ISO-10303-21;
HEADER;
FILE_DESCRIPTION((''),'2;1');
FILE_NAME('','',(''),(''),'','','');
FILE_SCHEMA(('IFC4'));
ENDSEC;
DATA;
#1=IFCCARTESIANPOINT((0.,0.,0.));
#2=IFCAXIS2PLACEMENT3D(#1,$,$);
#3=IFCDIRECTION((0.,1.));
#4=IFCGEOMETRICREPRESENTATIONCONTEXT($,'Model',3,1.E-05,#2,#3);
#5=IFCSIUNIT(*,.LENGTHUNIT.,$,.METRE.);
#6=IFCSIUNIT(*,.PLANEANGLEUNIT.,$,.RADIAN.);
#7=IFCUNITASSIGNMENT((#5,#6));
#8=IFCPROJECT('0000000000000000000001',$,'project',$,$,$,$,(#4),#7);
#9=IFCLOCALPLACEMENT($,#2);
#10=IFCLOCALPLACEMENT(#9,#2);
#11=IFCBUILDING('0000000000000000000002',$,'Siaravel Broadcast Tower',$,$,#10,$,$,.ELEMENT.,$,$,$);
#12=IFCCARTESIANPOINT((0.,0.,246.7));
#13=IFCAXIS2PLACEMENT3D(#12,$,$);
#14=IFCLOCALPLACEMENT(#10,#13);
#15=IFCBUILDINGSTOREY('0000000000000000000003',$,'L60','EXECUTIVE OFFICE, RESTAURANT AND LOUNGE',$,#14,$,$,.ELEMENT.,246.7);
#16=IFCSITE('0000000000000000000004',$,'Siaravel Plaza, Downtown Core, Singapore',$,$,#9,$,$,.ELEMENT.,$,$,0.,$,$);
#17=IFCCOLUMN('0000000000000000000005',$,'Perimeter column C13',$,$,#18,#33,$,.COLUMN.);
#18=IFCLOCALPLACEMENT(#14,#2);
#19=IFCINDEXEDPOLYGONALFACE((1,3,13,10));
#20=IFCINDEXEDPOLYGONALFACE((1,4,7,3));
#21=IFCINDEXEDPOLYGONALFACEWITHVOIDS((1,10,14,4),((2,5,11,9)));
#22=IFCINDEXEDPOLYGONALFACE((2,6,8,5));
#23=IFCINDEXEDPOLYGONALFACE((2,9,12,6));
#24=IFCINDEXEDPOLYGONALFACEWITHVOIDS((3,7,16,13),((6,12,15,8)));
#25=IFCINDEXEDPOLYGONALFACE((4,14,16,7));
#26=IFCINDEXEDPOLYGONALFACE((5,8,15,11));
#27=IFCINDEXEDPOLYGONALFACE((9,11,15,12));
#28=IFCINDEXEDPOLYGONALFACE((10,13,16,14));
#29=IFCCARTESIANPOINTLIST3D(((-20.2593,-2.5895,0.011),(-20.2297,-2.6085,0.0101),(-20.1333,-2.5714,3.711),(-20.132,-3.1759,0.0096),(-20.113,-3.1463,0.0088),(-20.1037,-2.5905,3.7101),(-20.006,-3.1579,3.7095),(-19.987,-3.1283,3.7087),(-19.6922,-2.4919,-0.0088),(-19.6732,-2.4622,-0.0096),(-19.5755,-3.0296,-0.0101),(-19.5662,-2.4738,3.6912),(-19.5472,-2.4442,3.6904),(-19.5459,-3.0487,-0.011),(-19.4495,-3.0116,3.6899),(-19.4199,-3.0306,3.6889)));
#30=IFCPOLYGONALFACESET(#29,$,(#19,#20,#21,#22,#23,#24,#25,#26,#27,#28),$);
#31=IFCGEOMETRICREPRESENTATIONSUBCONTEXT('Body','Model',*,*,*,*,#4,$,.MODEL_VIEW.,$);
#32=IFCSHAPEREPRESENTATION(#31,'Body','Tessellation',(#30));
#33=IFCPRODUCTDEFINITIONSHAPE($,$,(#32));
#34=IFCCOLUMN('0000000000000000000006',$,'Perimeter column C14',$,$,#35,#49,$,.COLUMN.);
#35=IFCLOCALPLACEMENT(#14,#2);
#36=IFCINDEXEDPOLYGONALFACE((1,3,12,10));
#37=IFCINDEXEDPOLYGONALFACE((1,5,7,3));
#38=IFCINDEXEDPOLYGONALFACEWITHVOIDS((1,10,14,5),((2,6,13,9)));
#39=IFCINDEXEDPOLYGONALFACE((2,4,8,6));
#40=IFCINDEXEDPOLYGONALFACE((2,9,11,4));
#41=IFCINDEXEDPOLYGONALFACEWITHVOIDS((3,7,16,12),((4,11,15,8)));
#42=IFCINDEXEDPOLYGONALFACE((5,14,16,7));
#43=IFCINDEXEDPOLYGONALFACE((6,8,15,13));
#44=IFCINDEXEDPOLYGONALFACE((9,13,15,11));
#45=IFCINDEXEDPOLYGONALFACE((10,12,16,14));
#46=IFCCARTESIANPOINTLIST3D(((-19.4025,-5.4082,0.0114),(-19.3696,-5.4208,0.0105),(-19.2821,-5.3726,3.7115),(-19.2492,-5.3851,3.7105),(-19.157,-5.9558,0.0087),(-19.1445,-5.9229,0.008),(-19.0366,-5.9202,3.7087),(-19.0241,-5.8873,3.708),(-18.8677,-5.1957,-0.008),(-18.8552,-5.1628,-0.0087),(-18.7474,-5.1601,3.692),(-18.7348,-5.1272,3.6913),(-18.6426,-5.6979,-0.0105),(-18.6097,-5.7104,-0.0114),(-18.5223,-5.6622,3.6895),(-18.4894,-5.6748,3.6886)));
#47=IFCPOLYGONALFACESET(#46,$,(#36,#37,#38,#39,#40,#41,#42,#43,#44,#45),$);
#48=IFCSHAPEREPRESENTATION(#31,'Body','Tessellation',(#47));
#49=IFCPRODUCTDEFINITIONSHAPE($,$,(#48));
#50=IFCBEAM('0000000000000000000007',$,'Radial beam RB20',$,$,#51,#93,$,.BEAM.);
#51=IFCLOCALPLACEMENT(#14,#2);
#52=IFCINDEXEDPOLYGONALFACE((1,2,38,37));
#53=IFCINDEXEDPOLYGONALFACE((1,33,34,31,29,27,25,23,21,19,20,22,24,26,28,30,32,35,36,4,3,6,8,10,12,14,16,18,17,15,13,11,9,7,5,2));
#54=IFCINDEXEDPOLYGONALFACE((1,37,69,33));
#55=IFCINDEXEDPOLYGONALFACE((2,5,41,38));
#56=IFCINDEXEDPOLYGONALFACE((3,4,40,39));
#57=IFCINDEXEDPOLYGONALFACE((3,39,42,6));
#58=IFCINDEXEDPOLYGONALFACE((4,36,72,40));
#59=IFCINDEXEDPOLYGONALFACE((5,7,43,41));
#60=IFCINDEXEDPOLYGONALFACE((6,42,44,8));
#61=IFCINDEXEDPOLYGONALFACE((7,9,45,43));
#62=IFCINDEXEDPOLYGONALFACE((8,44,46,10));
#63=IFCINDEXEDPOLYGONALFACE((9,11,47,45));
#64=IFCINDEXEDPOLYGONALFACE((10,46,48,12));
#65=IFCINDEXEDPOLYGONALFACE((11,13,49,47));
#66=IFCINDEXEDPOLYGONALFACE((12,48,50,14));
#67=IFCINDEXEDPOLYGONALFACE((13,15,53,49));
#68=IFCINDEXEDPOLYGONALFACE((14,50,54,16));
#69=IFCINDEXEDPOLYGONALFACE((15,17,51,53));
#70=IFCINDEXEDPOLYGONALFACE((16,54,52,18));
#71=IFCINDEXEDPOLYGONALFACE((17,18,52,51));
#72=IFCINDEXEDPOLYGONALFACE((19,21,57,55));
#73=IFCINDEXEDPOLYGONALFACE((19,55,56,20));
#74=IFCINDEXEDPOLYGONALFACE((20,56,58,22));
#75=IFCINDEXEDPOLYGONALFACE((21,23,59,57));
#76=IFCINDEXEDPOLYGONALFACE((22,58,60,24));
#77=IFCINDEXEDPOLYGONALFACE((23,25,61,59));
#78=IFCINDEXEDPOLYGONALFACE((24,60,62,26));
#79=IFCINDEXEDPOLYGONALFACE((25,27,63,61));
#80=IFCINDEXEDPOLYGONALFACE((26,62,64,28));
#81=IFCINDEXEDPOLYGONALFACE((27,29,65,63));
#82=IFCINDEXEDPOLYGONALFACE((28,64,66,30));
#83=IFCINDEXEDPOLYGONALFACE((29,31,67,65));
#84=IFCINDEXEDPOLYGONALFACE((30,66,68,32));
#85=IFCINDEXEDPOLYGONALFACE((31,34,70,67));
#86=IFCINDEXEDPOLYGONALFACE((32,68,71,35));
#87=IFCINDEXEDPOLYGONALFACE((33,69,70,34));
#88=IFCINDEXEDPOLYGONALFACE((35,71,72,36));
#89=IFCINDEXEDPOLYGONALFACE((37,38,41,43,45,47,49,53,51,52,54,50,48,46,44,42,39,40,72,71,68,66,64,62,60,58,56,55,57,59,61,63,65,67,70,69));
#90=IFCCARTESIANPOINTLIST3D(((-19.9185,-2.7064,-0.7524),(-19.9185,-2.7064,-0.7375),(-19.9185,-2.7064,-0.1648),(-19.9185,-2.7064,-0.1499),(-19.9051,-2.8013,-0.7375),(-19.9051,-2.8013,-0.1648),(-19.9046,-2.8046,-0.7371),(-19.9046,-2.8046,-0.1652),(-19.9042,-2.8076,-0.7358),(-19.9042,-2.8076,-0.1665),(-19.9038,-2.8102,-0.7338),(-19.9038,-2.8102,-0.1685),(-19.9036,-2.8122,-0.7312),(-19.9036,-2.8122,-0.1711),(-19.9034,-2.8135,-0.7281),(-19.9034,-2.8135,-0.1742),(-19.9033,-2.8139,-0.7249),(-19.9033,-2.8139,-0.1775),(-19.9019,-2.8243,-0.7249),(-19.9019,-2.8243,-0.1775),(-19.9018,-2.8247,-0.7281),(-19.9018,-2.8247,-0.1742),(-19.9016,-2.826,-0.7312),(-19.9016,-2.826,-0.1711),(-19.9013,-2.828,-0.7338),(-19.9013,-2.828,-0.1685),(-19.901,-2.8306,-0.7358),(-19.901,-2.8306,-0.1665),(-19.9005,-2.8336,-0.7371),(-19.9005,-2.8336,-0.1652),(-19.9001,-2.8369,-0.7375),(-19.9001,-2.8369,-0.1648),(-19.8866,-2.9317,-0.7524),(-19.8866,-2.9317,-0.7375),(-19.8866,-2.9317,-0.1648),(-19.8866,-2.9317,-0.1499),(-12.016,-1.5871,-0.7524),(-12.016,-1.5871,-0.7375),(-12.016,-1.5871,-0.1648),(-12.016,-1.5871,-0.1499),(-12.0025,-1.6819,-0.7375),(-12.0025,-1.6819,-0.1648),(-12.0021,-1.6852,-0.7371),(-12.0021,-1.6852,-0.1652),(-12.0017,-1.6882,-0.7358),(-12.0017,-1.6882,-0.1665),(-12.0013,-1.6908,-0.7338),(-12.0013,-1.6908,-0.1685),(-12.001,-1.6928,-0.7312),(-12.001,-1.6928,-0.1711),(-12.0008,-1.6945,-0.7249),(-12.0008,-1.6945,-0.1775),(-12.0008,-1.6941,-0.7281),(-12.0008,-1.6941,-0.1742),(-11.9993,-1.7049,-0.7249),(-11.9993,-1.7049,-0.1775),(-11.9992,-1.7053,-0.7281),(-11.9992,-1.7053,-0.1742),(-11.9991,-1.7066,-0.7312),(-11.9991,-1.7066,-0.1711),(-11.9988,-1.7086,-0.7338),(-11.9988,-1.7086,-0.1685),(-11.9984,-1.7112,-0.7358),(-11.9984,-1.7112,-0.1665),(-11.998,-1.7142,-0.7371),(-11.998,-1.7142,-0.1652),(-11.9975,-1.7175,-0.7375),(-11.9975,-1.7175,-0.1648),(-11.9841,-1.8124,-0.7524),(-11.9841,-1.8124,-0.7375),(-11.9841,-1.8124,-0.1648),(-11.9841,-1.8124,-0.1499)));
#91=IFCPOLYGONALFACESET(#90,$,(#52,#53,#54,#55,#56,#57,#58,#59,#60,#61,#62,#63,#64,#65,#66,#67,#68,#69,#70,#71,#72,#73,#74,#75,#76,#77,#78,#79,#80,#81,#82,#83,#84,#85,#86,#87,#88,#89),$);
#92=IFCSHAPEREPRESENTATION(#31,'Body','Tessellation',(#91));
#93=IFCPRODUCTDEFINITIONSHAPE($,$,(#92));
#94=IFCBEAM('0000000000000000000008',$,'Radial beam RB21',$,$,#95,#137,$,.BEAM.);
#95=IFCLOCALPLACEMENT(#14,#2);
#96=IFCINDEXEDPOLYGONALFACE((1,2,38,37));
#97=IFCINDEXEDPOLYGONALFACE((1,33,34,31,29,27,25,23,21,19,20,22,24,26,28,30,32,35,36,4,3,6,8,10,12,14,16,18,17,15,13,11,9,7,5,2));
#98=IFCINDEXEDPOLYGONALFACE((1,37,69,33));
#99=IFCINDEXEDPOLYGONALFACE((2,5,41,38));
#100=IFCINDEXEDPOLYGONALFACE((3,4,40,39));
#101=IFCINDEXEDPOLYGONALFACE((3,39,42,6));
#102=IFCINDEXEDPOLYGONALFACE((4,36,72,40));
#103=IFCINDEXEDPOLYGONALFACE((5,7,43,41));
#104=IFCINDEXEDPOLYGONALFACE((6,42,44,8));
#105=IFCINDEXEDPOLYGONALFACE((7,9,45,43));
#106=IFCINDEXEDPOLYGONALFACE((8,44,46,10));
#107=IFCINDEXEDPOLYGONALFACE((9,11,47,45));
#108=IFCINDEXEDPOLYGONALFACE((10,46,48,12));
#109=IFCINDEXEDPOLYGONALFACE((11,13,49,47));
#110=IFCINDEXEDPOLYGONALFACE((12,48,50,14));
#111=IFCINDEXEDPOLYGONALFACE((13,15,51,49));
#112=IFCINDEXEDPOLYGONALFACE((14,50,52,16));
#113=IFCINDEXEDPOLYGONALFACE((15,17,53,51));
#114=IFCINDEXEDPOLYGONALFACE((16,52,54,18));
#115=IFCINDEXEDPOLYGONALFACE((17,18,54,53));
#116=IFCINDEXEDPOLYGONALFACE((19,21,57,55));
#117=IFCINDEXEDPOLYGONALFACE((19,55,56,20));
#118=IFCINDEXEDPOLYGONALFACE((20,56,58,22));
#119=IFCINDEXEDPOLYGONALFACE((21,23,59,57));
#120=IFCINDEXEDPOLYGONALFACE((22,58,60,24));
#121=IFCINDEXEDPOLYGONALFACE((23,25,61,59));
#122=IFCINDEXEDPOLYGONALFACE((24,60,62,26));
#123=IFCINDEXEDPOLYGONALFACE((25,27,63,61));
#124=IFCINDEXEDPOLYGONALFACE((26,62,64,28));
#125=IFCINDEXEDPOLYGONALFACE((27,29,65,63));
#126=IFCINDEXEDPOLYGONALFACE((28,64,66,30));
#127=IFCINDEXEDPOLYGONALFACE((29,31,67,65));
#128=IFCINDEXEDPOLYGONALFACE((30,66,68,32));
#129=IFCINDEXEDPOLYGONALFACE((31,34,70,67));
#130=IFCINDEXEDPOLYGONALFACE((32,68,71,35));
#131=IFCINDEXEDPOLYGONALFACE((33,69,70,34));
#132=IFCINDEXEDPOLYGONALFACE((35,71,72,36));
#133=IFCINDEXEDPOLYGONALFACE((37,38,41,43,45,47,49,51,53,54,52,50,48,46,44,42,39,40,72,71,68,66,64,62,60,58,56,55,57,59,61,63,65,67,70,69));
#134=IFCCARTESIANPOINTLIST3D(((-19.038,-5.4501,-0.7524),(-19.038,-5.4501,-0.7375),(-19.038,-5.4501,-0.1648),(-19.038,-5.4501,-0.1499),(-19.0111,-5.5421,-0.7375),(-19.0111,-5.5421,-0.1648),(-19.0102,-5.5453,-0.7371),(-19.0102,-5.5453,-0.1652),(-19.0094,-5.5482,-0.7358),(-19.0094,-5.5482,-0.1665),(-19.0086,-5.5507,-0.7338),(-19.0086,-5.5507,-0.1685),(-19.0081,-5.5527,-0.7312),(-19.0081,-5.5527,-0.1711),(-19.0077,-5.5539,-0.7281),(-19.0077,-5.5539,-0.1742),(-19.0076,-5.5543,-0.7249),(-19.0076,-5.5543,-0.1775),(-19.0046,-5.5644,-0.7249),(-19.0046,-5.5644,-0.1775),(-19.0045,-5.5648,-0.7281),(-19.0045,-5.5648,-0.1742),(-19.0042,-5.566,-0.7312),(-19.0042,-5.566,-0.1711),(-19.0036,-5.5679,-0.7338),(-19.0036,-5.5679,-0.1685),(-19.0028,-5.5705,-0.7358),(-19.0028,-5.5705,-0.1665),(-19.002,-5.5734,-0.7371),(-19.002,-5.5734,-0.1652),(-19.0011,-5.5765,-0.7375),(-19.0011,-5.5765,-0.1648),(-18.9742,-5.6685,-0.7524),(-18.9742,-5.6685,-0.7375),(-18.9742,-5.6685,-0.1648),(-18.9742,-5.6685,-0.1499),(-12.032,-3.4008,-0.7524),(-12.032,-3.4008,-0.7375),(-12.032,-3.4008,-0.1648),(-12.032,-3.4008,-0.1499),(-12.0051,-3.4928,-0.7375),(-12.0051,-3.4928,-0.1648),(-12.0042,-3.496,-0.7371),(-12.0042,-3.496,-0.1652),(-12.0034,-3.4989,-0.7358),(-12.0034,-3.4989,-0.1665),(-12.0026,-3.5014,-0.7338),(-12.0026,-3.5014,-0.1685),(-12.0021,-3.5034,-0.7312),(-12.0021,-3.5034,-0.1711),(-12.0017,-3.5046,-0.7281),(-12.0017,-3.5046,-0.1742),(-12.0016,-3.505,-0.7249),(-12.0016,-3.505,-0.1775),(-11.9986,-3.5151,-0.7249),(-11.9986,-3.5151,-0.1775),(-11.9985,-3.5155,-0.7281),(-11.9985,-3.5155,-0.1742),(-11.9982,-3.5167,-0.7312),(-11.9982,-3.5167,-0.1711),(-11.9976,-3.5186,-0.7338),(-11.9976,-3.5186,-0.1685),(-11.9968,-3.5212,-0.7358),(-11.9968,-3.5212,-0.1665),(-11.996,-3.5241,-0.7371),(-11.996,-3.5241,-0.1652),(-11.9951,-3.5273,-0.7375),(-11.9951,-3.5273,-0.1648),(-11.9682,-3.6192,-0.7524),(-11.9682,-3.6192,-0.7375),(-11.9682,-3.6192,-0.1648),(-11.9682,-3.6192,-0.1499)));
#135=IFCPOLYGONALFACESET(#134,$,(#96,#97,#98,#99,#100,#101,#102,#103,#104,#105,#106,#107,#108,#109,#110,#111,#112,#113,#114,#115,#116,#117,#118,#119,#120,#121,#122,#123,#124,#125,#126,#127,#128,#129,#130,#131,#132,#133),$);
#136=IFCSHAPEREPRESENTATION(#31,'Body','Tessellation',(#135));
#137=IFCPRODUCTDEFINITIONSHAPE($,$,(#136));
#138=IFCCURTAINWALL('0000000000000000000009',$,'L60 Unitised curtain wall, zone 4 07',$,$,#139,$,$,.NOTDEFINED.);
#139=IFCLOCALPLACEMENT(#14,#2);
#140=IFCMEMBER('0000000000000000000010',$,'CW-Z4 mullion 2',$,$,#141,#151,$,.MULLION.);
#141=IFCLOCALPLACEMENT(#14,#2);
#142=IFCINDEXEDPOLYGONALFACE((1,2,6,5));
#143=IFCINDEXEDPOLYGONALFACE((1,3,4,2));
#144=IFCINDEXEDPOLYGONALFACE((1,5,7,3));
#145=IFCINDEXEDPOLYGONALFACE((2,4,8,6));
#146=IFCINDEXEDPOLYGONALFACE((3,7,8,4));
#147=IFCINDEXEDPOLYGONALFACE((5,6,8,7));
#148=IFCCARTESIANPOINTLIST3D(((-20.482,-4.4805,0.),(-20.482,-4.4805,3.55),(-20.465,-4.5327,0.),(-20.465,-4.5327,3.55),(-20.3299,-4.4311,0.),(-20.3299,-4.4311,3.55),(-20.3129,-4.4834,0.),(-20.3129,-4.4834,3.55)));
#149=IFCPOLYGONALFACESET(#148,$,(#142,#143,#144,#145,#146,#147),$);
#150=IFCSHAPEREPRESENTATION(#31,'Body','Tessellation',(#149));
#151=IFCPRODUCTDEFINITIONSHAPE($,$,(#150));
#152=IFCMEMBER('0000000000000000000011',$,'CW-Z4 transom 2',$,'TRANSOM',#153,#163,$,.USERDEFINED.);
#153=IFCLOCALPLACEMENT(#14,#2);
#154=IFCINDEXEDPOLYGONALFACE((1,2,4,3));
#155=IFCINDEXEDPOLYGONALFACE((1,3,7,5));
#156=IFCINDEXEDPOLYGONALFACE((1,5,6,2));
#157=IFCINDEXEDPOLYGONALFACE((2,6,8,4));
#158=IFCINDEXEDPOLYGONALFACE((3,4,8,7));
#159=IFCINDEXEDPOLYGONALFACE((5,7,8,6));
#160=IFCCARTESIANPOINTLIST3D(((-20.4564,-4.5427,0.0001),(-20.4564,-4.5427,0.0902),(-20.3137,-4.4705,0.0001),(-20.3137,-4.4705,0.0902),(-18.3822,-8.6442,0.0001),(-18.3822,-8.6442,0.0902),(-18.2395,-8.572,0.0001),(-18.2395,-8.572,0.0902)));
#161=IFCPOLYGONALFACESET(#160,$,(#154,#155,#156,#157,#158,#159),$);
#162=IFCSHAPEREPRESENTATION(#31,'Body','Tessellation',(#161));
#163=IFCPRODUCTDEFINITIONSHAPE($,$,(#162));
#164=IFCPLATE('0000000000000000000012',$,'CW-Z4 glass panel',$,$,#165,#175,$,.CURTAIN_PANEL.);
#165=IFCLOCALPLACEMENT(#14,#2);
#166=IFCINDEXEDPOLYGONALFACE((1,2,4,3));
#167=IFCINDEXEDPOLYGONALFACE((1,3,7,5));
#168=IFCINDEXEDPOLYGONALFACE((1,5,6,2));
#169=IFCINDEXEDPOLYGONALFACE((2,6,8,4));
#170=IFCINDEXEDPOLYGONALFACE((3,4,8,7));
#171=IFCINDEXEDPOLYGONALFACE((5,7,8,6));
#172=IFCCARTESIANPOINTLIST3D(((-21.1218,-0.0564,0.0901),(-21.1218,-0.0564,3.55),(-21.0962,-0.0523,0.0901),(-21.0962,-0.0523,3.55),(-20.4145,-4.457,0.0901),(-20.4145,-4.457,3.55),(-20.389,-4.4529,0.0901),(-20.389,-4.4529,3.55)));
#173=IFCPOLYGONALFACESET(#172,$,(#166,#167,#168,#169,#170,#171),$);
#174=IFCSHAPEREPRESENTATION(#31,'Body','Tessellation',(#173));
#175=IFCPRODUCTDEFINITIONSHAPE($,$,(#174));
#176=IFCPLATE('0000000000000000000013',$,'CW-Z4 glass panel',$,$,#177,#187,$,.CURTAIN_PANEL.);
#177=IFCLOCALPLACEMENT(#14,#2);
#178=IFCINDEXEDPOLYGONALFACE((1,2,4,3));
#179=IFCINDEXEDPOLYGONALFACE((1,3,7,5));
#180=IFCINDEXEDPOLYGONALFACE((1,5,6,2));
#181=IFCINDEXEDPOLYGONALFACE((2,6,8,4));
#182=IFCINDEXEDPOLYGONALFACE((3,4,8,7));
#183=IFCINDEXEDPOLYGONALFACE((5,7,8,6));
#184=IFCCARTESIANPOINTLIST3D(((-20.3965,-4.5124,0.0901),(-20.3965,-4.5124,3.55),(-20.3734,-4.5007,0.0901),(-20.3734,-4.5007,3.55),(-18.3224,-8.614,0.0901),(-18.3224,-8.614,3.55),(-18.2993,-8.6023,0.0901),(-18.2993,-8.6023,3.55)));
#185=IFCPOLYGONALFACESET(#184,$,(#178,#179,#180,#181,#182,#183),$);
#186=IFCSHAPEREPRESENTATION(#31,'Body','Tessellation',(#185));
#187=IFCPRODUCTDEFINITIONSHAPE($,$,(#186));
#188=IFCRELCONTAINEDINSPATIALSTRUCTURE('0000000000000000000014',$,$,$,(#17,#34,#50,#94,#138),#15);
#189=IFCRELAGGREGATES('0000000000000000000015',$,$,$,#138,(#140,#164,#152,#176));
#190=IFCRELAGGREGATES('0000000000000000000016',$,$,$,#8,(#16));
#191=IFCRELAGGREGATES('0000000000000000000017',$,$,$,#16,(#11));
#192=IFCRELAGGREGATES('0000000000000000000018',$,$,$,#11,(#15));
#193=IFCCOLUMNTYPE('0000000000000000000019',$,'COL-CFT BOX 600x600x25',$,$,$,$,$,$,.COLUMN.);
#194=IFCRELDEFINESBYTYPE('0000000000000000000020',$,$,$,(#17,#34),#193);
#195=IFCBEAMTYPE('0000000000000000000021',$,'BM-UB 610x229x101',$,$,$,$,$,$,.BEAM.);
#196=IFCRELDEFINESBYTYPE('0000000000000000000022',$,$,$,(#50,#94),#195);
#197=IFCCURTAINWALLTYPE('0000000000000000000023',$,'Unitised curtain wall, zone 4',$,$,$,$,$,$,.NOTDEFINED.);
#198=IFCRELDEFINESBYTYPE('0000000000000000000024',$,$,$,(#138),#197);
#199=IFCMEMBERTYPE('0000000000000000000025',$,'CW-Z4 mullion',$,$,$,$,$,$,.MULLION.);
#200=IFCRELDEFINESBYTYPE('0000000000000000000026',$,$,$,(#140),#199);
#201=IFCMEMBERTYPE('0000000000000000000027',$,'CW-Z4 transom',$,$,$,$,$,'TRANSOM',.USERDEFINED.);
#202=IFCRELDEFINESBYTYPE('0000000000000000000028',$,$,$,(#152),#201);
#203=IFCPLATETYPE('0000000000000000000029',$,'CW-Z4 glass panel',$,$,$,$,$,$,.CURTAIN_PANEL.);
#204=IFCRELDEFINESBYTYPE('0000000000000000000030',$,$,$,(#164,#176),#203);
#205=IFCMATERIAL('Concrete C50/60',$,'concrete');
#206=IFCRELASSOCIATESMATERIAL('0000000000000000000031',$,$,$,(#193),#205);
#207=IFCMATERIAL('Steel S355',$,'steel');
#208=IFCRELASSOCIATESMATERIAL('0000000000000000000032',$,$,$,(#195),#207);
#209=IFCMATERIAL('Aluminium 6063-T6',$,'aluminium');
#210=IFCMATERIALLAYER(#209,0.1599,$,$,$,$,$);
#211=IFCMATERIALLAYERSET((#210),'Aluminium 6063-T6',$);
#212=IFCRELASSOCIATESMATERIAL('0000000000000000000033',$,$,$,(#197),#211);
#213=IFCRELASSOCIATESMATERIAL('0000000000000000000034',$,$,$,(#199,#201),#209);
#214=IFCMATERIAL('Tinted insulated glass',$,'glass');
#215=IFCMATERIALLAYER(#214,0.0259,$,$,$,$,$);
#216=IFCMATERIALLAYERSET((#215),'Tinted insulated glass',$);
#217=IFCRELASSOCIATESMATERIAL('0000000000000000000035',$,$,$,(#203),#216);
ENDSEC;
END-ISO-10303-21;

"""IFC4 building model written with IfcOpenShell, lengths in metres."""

from ifc_helpers import new_model, si_unit, direction, frame, origin, origin_2d, place, context, subcontext, project, spatial, rectangle, hollow_rectangle, i_section, extrude, material, layer, layer_set, material_profile, profile_set, type_object, element, aggregate, save


model = new_model("IFC4")

# Units and contexts
model_context = context("Model", 3, precision=1e-05, world=origin(), true_north=direction((0.0, 1.0)))
body_context = subcontext(model_context, "Body", "Model", "MODEL_VIEW")
ifc_project = project(units=[si_unit("LENGTHUNIT", "METRE"), si_unit("PLANEANGLEUNIT", "RADIAN")], contexts=[model_context])

# Site, building, storey
site_placement = place(None, origin())
site = spatial("IfcSite", under=ifc_project, at=site_placement, Name="Siaravel Plaza, Downtown Core, Singapore", CompositionType="ELEMENT", RefElevation=0.0)
building_placement = place(site_placement, origin())
building = spatial("IfcBuilding", under=site, at=building_placement, Name="Siaravel Broadcast Tower", CompositionType="ELEMENT")
storey_placement = place(building_placement, frame((0.0, 0.0, 246.7)))
storey = spatial("IfcBuildingStorey", under=building, at=storey_placement, Name="L60", Description="EXECUTIVE OFFICE, RESTAURANT AND LOUNGE", CompositionType="ELEMENT", Elevation=246.7)

# Columns
ifc_material_1 = material(Name="Concrete C50/60", Category="concrete")
ifc_material_profile_1 = material_profile(ifc_material_1, hollow_rectangle(XDim=0.6001, YDim=0.6001, WallThickness=0.0249, at=origin_2d()))
ifc_profile_set_1 = profile_set([ifc_material_profile_1], Name="Concrete C50/60")
column_type = type_object("IfcColumnType", Name="COL-CFT BOX 600x600x25", PredefinedType="COLUMN", material=ifc_profile_set_1)
for number, where, z_axis, x_axis, name in (
    (1, (-19.9026, -2.8191, 0.0), (0.034028, 0.00488, 0.999409), (-0.212088, 0.977247, 0.002449), "Perimeter column C13"),
    (2, (-19.0061, -5.5593, 0.0), (0.032512, 0.009628, 0.999425), (-0.409045, 0.912503, 0.004516), "Perimeter column C14"),
):
    element("IfcColumn", number, at=place(storey_placement, frame(where, z_axis=z_axis, x_axis=x_axis)), inside=storey, type_object=column_type, Name=name, PredefinedType="COLUMN", context=body_context, shape_type="SweptSolid", body=[
        extrude(hollow_rectangle(XDim=0.6001, YDim=0.6001, WallThickness=0.0249, at=origin_2d()), origin(), (0.0, 0.0, 1.0), 3.7021),
    ])

# Beams
ifc_material_2 = material(Name="Steel S355", Category="steel")
ifc_material_profile_2 = material_profile(ifc_material_2, i_section(OverallWidth=0.2275, OverallDepth=0.6025, WebThickness=0.0105, FlangeThickness=0.0149, FilletRadius=0.0127, at=origin_2d()))
ifc_profile_set_2 = profile_set([ifc_material_profile_2], Name="Steel S355")
beam_type = type_object("IfcBeamType", Name="BM-UB 610x229x101", PredefinedType="BEAM", material=ifc_profile_set_2)
beam_1_placement = place(storey_placement, frame((-19.9026, -2.8191, -0.4512), z_axis=(0.990116, 0.140248, 0.0), x_axis=(-0.140248, 0.990116, 0.0)))
element("IfcBeam", 3, at=beam_1_placement, inside=storey, type_object=beam_type, Name="Radial beam RB20", PredefinedType="BEAM", context=body_context, shape_type="SweptSolid", body=[
    extrude(i_section(OverallWidth=0.2275, OverallDepth=0.6025, WebThickness=0.0105, FlangeThickness=0.0149, FilletRadius=0.0127, at=origin_2d()), origin(), (0.0, 0.0, 1.0), 7.9814),
])
beam_2_placement = place(storey_placement, frame((-19.0061, -5.5593, -0.4512), z_axis=(0.959784, 0.280741, 0.0), x_axis=(-0.280741, 0.959784, 0.0)))
element("IfcBeam", 4, at=beam_2_placement, inside=storey, type_object=beam_type, Name="Radial beam RB21", PredefinedType="BEAM", context=body_context, shape_type="SweptSolid", body=[
    extrude(i_section(OverallWidth=0.2275, OverallDepth=0.6025, WebThickness=0.0105, FlangeThickness=0.0149, FilletRadius=0.0127, at=origin_2d()), origin(), (0.0, 0.0, 1.0), 7.2996),
])

# Curtain wall, members, plates
ifc_material_3 = material(Name="Aluminium 6063-T6", Category="aluminium")
ifc_layer_1 = layer(ifc_material_3, 0.1599)
ifc_layer_set_1 = layer_set([ifc_layer_1], Name="Aluminium 6063-T6")
curtain_wall_type = type_object("IfcCurtainWallType", Name="Unitised curtain wall, zone 4", PredefinedType="NOTDEFINED", material=ifc_layer_set_1)
curtain_wall_placement = place(storey_placement, origin())
curtain_wall = element("IfcCurtainWall", 5, at=curtain_wall_placement, inside=storey, type_object=curtain_wall_type, Name="L60 Unitised curtain wall, zone 4 07", PredefinedType="NOTDEFINED")
ifc_material_profile_3 = material_profile(ifc_material_3, rectangle(XDim=0.1599, YDim=0.0549, at=origin_2d()))
ifc_profile_set_3 = profile_set([ifc_material_profile_3], Name="Aluminium 6063-T6")
member_type_1 = type_object("IfcMemberType", Name="CW-Z4 mullion", PredefinedType="MULLION", material=ifc_profile_set_3)
member_1_placement = place(storey_placement, frame((-20.3975, -4.4819, 0.0), z_axis=(0.0, 0.0, 1.0), x_axis=(0.951178, 0.308644, 0.0)))
member_1 = element("IfcMember", 6, at=member_1_placement, type_object=member_type_1, Name="CW-Z4 mullion 2", PredefinedType="MULLION", context=body_context, shape_type="SweptSolid", body=[
    extrude(rectangle(XDim=0.1599, YDim=0.0549, at=origin_2d()), origin(), (0.0, 0.0, 1.0), 3.55),
])
ifc_material_profile_4 = material_profile(ifc_material_3, rectangle(XDim=0.1599, YDim=0.0901, at=origin_2d()))
ifc_profile_set_4 = profile_set([ifc_material_profile_4], Name="Aluminium 6063-T6")
member_type_2 = type_object("IfcMemberType", Name="CW-Z4 transom", ElementType="TRANSOM", PredefinedType="USERDEFINED", material=ifc_profile_set_4)
member_2_placement = place(storey_placement, frame((-20.385, -4.5066, 0.0452), z_axis=(0.451288, -0.892378, 0.0), x_axis=(0.892378, 0.451288, 0.0)))
member_2 = element("IfcMember", 7, at=member_2_placement, type_object=member_type_2, Name="CW-Z4 transom 2", ObjectType="TRANSOM", PredefinedType="USERDEFINED", context=body_context, shape_type="SweptSolid", body=[
    extrude(rectangle(XDim=0.1599, YDim=0.0901, at=origin_2d()), origin(), (0.0, 0.0, 1.0), 4.5962),
])
ifc_material_4 = material(Name="Tinted insulated glass", Category="glass")
ifc_layer_2 = layer(ifc_material_4, 0.0259)
ifc_layer_set_2 = layer_set([ifc_layer_2], Name="Tinted insulated glass")
plate_type = type_object("IfcPlateType", Name="CW-Z4 glass panel", PredefinedType="CURTAIN_PANEL", material=ifc_layer_set_2)
plate_1_placement = place(storey_placement, frame((-20.7554, -2.2546, 0.0901), z_axis=(0.0, 0.0, 1.0), x_axis=(0.158685, -0.987329, 0.0)))
plate_1 = element("IfcPlate", 8, at=plate_1_placement, type_object=plate_type, Name="CW-Z4 glass panel", PredefinedType="CURTAIN_PANEL", context=body_context, shape_type="SweptSolid", body=[
    extrude(rectangle(XDim=4.457, YDim=0.0259, at=origin_2d()), origin(), (0.0, 0.0, 1.0), 3.46),
])
plate_2_placement = place(storey_placement, frame((-19.3479, -6.5574, 0.0901), z_axis=(0.0, 0.0, 1.0), x_axis=(0.451259, -0.892393, 0.0)))
plate_2 = element("IfcPlate", 9, at=plate_2_placement, type_object=plate_type, Name="CW-Z4 glass panel", PredefinedType="CURTAIN_PANEL", context=body_context, shape_type="SweptSolid", body=[
    extrude(rectangle(XDim=4.5962, YDim=0.0259, at=origin_2d()), origin(), (0.0, 0.0, 1.0), 3.46),
])
aggregate(curtain_wall, [member_1, plate_1, member_2, plate_2])

save(model, "model.ifc")
